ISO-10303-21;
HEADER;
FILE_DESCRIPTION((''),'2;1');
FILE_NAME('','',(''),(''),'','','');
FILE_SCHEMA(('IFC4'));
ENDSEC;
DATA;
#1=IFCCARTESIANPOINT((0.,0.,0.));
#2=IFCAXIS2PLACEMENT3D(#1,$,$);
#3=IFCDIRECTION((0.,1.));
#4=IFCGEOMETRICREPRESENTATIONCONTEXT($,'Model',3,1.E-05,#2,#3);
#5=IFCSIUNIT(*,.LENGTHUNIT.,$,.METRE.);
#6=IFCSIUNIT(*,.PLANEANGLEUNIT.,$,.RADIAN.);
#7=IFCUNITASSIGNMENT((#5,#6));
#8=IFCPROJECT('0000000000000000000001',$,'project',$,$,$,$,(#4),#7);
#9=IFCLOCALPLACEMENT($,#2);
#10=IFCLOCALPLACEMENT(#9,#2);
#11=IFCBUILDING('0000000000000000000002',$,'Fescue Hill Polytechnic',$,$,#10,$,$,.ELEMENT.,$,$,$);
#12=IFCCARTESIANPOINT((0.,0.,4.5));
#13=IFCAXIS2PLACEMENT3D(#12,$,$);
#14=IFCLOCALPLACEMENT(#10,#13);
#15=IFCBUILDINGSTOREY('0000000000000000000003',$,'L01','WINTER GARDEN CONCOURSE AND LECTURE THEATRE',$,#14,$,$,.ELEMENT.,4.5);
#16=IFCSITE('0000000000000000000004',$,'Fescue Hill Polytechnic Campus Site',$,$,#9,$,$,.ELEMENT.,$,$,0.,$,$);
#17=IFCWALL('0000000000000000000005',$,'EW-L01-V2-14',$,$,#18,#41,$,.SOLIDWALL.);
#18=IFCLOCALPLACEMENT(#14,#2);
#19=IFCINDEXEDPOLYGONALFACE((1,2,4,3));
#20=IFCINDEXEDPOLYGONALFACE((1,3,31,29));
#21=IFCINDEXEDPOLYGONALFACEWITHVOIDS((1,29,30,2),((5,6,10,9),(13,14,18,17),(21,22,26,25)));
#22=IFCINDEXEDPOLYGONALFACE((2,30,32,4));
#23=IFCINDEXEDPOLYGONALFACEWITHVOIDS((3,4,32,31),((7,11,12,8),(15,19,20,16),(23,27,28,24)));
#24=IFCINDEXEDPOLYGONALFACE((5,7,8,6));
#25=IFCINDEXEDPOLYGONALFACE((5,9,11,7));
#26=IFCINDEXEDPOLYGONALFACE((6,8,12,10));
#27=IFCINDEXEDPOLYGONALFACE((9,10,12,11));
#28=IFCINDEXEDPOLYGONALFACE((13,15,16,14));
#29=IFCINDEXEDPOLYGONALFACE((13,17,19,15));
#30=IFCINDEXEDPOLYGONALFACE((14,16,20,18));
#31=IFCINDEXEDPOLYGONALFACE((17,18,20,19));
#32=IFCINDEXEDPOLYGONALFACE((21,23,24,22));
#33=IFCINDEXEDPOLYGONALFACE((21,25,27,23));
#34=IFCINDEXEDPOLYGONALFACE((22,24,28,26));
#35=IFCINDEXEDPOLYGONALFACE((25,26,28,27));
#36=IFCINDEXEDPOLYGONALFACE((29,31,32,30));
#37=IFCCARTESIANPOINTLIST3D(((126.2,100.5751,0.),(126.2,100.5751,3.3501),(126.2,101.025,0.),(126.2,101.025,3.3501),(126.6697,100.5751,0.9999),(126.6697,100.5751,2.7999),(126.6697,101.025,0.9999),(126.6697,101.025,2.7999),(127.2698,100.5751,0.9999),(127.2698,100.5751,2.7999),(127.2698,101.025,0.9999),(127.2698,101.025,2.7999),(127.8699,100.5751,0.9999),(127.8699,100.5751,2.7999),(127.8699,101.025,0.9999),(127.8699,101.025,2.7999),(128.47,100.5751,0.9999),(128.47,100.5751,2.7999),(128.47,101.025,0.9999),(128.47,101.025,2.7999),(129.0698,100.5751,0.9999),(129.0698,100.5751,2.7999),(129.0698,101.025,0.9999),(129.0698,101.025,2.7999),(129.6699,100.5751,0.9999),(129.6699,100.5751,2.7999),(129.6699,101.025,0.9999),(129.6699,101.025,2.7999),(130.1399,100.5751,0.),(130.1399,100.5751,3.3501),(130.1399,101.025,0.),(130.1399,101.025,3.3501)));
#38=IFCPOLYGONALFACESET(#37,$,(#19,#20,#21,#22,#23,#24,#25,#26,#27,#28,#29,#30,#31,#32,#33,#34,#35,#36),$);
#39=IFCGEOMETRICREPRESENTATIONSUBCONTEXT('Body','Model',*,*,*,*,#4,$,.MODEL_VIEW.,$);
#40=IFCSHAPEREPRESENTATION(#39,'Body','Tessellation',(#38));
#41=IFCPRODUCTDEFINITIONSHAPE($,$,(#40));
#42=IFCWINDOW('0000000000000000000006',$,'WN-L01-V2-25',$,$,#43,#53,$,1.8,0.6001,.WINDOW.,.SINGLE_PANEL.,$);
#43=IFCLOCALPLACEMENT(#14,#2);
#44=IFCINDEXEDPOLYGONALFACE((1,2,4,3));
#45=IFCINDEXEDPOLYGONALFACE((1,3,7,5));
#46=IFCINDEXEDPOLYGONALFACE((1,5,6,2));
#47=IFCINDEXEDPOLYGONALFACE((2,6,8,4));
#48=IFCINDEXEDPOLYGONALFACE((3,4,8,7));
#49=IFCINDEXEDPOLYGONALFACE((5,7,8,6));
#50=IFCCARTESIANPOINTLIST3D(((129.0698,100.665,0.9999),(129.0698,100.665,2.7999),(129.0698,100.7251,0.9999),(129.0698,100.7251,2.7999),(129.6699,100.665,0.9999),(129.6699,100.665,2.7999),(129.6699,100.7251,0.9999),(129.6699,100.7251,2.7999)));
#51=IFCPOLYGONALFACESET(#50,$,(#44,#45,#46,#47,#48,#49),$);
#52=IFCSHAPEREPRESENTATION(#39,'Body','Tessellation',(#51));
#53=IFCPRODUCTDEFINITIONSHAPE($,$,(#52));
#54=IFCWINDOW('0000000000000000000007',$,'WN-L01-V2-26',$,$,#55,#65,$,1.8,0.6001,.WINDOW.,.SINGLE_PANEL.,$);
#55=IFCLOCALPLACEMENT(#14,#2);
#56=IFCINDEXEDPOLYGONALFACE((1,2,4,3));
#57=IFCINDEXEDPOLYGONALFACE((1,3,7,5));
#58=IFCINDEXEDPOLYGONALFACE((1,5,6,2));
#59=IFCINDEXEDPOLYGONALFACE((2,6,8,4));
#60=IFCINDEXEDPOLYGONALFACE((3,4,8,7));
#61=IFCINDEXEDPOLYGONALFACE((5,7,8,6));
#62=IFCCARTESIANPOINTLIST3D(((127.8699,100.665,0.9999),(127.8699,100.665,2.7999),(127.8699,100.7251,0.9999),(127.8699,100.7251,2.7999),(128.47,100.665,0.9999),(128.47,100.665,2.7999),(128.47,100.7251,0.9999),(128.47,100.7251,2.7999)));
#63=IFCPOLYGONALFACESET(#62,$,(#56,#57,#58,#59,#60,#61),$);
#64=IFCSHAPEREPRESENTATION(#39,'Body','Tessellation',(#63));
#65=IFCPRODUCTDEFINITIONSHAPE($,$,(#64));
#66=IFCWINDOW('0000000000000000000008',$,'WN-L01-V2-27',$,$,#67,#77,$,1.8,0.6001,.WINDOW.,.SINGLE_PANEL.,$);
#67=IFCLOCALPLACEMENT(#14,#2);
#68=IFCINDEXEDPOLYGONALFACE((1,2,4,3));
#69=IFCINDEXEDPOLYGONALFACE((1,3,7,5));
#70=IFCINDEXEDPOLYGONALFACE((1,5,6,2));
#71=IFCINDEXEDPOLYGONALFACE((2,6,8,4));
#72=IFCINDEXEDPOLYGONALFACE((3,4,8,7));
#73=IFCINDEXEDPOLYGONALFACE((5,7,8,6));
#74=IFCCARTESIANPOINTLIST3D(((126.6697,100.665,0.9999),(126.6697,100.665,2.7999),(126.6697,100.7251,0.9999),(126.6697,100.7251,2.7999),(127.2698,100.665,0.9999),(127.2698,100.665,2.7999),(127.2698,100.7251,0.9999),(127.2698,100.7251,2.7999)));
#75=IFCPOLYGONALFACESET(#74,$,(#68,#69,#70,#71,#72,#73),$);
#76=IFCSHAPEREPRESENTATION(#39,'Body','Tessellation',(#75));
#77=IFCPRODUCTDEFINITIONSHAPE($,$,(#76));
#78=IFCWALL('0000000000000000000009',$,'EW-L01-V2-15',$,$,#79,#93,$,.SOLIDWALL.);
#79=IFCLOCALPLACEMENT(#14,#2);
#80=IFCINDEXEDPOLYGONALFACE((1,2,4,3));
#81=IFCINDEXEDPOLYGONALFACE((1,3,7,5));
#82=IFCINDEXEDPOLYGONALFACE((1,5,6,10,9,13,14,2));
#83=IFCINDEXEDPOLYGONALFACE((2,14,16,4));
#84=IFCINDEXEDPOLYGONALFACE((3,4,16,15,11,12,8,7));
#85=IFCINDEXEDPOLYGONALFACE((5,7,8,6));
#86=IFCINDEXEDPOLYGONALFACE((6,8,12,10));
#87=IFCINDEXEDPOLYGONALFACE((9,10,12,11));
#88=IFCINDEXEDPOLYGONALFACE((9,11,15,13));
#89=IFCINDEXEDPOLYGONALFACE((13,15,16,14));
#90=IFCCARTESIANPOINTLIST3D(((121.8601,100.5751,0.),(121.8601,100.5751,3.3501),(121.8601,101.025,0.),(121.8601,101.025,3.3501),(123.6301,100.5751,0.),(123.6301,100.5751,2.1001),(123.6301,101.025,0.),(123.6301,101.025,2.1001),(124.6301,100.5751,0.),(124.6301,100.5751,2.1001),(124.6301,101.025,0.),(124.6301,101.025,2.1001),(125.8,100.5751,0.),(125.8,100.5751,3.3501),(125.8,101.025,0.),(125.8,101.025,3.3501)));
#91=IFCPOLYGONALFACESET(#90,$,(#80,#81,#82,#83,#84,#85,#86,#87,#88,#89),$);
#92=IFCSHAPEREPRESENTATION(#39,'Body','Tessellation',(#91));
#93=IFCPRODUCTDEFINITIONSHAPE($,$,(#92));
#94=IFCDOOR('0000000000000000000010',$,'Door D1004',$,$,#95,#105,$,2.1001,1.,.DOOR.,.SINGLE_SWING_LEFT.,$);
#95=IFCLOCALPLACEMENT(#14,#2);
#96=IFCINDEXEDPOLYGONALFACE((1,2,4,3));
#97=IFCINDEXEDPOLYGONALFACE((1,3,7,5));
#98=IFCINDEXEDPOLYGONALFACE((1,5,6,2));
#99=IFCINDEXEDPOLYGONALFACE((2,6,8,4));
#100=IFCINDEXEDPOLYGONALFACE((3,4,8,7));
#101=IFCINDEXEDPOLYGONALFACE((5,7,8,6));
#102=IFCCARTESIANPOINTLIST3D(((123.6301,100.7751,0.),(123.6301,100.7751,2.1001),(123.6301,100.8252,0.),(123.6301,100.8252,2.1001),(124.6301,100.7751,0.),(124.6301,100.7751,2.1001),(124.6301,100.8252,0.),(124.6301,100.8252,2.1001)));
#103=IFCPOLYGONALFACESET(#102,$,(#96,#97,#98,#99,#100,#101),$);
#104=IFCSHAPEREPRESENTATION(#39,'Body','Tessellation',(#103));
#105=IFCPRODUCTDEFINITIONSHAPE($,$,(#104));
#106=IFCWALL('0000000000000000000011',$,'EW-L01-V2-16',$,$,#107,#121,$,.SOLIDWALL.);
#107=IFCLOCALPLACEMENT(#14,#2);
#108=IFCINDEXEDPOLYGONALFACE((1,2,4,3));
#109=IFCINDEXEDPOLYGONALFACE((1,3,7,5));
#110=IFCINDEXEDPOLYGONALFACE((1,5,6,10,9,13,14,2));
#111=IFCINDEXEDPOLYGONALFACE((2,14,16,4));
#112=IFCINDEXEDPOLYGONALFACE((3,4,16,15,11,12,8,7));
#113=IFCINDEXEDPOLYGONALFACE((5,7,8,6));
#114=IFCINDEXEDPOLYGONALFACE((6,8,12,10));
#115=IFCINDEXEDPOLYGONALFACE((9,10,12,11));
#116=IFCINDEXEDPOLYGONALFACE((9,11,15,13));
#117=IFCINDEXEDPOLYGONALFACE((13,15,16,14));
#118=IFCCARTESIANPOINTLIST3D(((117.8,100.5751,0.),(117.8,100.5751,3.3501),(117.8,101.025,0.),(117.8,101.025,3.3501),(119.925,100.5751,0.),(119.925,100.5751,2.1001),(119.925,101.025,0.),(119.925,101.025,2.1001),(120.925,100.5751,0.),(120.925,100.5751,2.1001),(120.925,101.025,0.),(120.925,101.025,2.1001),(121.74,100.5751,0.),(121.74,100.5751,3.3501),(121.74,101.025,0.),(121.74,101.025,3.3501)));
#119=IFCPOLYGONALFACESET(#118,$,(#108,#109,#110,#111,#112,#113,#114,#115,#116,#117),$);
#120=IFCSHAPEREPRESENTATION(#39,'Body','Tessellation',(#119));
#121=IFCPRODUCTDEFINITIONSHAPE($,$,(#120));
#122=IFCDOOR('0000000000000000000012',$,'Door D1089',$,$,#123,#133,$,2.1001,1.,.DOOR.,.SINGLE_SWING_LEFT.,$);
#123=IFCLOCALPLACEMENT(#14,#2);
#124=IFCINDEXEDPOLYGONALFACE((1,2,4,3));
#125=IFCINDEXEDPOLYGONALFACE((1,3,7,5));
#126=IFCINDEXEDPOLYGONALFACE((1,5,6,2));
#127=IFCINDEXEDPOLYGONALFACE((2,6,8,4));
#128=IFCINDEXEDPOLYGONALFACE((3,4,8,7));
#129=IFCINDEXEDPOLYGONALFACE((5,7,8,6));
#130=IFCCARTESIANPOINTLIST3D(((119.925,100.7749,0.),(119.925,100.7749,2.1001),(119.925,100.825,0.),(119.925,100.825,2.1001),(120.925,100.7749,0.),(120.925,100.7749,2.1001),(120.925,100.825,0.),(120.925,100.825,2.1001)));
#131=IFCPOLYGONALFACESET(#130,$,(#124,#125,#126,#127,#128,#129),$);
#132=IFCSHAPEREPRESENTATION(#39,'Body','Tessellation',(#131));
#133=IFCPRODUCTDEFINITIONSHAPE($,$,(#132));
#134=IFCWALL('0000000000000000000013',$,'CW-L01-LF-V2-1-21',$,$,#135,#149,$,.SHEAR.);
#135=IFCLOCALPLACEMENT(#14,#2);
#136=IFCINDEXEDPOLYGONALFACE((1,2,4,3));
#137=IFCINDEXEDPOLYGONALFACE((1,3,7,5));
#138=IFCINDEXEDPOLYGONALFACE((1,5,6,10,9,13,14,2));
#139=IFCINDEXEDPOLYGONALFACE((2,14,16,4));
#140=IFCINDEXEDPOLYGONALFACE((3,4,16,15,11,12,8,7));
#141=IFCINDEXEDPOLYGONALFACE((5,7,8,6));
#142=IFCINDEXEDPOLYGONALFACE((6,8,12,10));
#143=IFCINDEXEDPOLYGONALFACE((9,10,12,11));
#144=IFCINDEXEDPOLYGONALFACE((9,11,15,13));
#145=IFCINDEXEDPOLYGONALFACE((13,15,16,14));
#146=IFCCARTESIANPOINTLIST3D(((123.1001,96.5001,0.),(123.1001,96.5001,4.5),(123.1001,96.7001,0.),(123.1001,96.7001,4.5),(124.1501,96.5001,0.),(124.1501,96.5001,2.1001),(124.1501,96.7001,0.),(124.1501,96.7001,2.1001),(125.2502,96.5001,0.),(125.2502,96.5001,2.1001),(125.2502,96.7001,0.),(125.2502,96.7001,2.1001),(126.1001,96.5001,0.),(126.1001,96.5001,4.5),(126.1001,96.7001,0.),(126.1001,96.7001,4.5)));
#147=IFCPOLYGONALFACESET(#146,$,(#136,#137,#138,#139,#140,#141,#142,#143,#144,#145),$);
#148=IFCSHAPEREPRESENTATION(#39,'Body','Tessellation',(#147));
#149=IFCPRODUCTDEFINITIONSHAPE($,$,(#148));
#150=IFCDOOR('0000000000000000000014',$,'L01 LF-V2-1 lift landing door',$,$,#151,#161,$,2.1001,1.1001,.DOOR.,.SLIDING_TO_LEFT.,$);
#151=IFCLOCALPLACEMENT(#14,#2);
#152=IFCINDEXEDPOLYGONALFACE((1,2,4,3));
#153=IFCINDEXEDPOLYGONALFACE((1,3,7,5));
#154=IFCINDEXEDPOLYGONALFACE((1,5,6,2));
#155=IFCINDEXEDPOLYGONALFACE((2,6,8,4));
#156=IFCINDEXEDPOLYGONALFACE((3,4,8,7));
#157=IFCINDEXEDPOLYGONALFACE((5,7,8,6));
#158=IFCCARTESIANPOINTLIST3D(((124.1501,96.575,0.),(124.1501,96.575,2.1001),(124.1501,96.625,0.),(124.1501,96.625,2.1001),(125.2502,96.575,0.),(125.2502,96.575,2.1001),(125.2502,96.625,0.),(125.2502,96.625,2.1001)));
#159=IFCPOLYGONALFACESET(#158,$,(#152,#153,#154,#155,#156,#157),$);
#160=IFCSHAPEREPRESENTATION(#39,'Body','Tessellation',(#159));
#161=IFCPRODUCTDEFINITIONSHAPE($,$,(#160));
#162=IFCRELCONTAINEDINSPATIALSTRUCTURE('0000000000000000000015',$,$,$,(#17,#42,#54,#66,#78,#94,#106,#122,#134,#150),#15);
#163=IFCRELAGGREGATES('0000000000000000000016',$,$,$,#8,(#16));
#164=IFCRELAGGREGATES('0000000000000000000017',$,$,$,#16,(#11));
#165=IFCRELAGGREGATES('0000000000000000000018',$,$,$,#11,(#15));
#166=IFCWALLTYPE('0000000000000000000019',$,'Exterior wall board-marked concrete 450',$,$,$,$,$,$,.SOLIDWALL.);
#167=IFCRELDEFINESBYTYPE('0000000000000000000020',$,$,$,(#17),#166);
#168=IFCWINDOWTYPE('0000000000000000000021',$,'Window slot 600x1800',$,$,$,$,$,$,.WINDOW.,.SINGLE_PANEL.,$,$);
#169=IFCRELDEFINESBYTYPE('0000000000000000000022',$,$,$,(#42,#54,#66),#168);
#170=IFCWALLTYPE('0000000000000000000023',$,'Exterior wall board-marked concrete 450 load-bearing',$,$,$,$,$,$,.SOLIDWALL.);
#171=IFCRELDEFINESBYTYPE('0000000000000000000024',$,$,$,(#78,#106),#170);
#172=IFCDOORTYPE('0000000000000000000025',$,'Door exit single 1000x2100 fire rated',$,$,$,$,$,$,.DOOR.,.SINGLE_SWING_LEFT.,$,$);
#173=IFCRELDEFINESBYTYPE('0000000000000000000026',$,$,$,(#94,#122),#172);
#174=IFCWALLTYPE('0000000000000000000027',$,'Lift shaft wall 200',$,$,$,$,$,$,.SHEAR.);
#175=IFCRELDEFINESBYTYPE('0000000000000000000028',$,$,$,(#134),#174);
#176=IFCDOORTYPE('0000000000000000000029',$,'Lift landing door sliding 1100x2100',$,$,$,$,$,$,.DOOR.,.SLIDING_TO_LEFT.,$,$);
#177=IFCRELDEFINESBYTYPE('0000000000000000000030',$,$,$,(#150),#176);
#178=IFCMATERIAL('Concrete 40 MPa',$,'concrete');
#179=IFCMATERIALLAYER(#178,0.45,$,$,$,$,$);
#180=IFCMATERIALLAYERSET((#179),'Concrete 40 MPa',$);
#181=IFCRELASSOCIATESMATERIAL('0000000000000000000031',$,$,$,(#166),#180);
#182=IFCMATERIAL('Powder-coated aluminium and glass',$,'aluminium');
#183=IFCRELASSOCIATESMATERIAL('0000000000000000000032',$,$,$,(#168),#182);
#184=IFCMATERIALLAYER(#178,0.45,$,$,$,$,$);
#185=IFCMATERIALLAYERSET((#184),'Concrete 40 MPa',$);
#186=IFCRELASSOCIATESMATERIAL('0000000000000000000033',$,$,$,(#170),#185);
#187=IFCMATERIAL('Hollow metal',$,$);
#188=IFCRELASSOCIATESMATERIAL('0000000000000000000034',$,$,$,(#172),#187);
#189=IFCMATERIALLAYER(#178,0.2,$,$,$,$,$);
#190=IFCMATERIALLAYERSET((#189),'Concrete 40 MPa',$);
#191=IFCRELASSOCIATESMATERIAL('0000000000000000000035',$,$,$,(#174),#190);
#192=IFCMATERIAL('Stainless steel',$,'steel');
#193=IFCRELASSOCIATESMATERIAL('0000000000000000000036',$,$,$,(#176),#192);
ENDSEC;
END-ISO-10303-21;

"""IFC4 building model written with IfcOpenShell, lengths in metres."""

from ifc_helpers import new_model, si_unit, direction, frame, frame_2d, origin, place, context, subcontext, project, spatial, rectangle, extrude, material, layer, layer_set, type_object, element, fill, save


model = new_model("IFC4")

# Units and contexts
model_context = context("Model", 3, precision=1e-05, world=origin(), true_north=direction((0.0, 1.0)))
body_context = subcontext(model_context, "Body", "Model", "MODEL_VIEW")
ifc_project = project(units=[si_unit("LENGTHUNIT", "METRE"), si_unit("PLANEANGLEUNIT", "RADIAN")], contexts=[model_context])

# Site, building, storey
site_placement = place(None, origin())
site = spatial("IfcSite", under=ifc_project, at=site_placement, Name="Fescue Hill Polytechnic Campus Site", CompositionType="ELEMENT", RefElevation=0.0)
building_placement = place(site_placement, origin())
building = spatial("IfcBuilding", under=site, at=building_placement, Name="Fescue Hill Polytechnic", CompositionType="ELEMENT")
storey_placement = place(building_placement, frame((0.0, 0.0, 4.5)))
storey = spatial("IfcBuildingStorey", under=building, at=storey_placement, Name="L01", Description="WINTER GARDEN CONCOURSE AND LECTURE THEATRE", CompositionType="ELEMENT", Elevation=4.5)

# Shared definitions
ifc_material_1 = material(Name="Concrete 40 MPa", Category="concrete")

# Wall, openings, windows
ifc_layer_1 = layer(ifc_material_1, 0.45)
ifc_layer_set_1 = layer_set([ifc_layer_1], Name="Concrete 40 MPa")
wall_type_1 = type_object("IfcWallType", Name="Exterior wall board-marked concrete 450", PredefinedType="SOLIDWALL", material=ifc_layer_set_1)
ifc_material_2 = material(Name="Powder-coated aluminium and glass", Category="aluminium")
window_type = type_object("IfcWindowType", Name="Window slot 600x1800", PartitioningType="SINGLE_PANEL", PredefinedType="WINDOW", material=ifc_material_2)
wall_1_placement = place(storey_placement, frame((130.1399, 100.8, 0.0), z_axis=(0.0, 0.0, 1.0), x_axis=(-1.0, 0.0, 0.0)))
wall_1 = element("IfcWall", 1, at=wall_1_placement, inside=storey, type_object=wall_type_1, Name="EW-L01-V2-14", PredefinedType="SOLIDWALL", context=body_context, shape_type="SweptSolid", body=[
    extrude(rectangle(XDim=3.9399, YDim=0.45, at=frame_2d((1.97, 0.0))), origin(), (0.0, 0.0, 1.0), 3.3501),
])
opening_1_placement = place(wall_1_placement, frame((0.47, 0.0, 1.0)))
opening_1 = element("IfcOpeningElement", 2, at=opening_1_placement, cuts=wall_1, PredefinedType="OPENING", context=body_context, shape_type="SweptSolid", body=[
    extrude(rectangle(XDim=0.6001, YDim=1.8, at=frame_2d((0.3, 0.8999))), frame((0.0, 0.2349, 0.0), z_axis=(0.0, -1.0, 0.0), x_axis=(1.0, 0.0, 0.0)), (0.0, 0.0, 1.0), 0.47),
])
opening_2_placement = place(wall_1_placement, frame((1.6699, 0.0, 1.0)))
opening_2 = element("IfcOpeningElement", 3, at=opening_2_placement, cuts=wall_1, PredefinedType="OPENING", context=body_context, shape_type="SweptSolid", body=[
    extrude(rectangle(XDim=0.6001, YDim=1.8, at=frame_2d((0.3, 0.8999))), frame((0.0, 0.2349, 0.0), z_axis=(0.0, -1.0, 0.0), x_axis=(1.0, 0.0, 0.0)), (0.0, 0.0, 1.0), 0.47),
])
opening_3_placement = place(wall_1_placement, frame((2.8701, 0.0, 1.0)))
opening_3 = element("IfcOpeningElement", 4, at=opening_3_placement, cuts=wall_1, PredefinedType="OPENING", context=body_context, shape_type="SweptSolid", body=[
    extrude(rectangle(XDim=0.6001, YDim=1.8, at=frame_2d((0.3, 0.8999))), frame((0.0, 0.2349, 0.0), z_axis=(0.0, -1.0, 0.0), x_axis=(1.0, 0.0, 0.0)), (0.0, 0.0, 1.0), 0.47),
])
window_1_placement = place(opening_1_placement, origin())
window_1 = element("IfcWindow", 5, at=window_1_placement, inside=storey, type_object=window_type, Name="WN-L01-V2-25", OverallHeight=1.8, OverallWidth=0.6001, PartitioningType="SINGLE_PANEL", PredefinedType="WINDOW", context=body_context, shape_type="SweptSolid", body=[
    extrude(rectangle(XDim=0.6001, YDim=1.8, at=frame_2d((0.3, 0.8999))), frame((0.0, 0.135, 0.0), z_axis=(0.0, -1.0, 0.0), x_axis=(1.0, 0.0, 0.0)), (0.0, 0.0, 1.0), 0.0601),
])
fill(opening_1, window_1)
window_2_placement = place(opening_2_placement, origin())
window_2 = element("IfcWindow", 6, at=window_2_placement, inside=storey, type_object=window_type, Name="WN-L01-V2-26", OverallHeight=1.8, OverallWidth=0.6001, PartitioningType="SINGLE_PANEL", PredefinedType="WINDOW", context=body_context, shape_type="SweptSolid", body=[
    extrude(rectangle(XDim=0.6001, YDim=1.8, at=frame_2d((0.3, 0.8999))), frame((0.0, 0.135, 0.0), z_axis=(0.0, -1.0, 0.0), x_axis=(1.0, 0.0, 0.0)), (0.0, 0.0, 1.0), 0.0601),
])
fill(opening_2, window_2)
window_3_placement = place(opening_3_placement, origin())
window_3 = element("IfcWindow", 7, at=window_3_placement, inside=storey, type_object=window_type, Name="WN-L01-V2-27", OverallHeight=1.8, OverallWidth=0.6001, PartitioningType="SINGLE_PANEL", PredefinedType="WINDOW", context=body_context, shape_type="SweptSolid", body=[
    extrude(rectangle(XDim=0.6001, YDim=1.8, at=frame_2d((0.3, 0.8999))), frame((0.0, 0.135, 0.0), z_axis=(0.0, -1.0, 0.0), x_axis=(1.0, 0.0, 0.0)), (0.0, 0.0, 1.0), 0.0601),
])
fill(opening_3, window_3)

# Walls, openings, doors
ifc_layer_2 = layer(ifc_material_1, 0.45)
ifc_layer_set_2 = layer_set([ifc_layer_2], Name="Concrete 40 MPa")
wall_type_2 = type_object("IfcWallType", Name="Exterior wall board-marked concrete 450 load-bearing", PredefinedType="SOLIDWALL", material=ifc_layer_set_2)
wall_2_placement = place(storey_placement, frame((125.8, 100.8, 0.0), z_axis=(0.0, 0.0, 1.0), x_axis=(-1.0, 0.0, 0.0)))
wall_2 = element("IfcWall", 8, at=wall_2_placement, inside=storey, type_object=wall_type_2, Name="EW-L01-V2-15", PredefinedType="SOLIDWALL", context=body_context, shape_type="SweptSolid", body=[
    extrude(rectangle(XDim=3.9399, YDim=0.45, at=frame_2d((1.97, 0.0))), origin(), (0.0, 0.0, 1.0), 3.3501),
])
opening_4_placement = place(wall_2_placement, frame((1.1699, 0.0, 0.0)))
opening_4 = element("IfcOpeningElement", 9, at=opening_4_placement, cuts=wall_2, PredefinedType="OPENING", context=body_context, shape_type="SweptSolid", body=[
    extrude(rectangle(XDim=1.0, YDim=2.1001, at=frame_2d((0.5, 1.05))), frame((0.0, 0.2349, 0.0), z_axis=(0.0, -1.0, 0.0), x_axis=(1.0, 0.0, 0.0)), (0.0, 0.0, 1.0), 0.47),
])
ifc_material_3 = material(Name="Hollow metal")
door_type_1 = type_object("IfcDoorType", Name="Door exit single 1000x2100 fire rated", OperationType="SINGLE_SWING_LEFT", PredefinedType="DOOR", material=ifc_material_3)
door_1_placement = place(opening_4_placement, origin())
door_1 = element("IfcDoor", 10, at=door_1_placement, inside=storey, type_object=door_type_1, Name="Door D1004", OperationType="SINGLE_SWING_LEFT", OverallHeight=2.1001, OverallWidth=1.0, PredefinedType="DOOR", context=body_context, shape_type="SweptSolid", body=[
    extrude(rectangle(XDim=1.0, YDim=2.1001, at=frame_2d((0.5, 1.05))), frame((0.0, 0.0249, 0.0), z_axis=(0.0, -1.0, 0.0), x_axis=(1.0, 0.0, 0.0)), (0.0, 0.0, 1.0), 0.05),
])
fill(opening_4, door_1)
wall_3_placement = place(storey_placement, frame((121.74, 100.8, 0.0), z_axis=(0.0, 0.0, 1.0), x_axis=(-1.0, 0.0, 0.0)))
wall_3 = element("IfcWall", 11, at=wall_3_placement, inside=storey, type_object=wall_type_2, Name="EW-L01-V2-16", PredefinedType="SOLIDWALL", context=body_context, shape_type="SweptSolid", body=[
    extrude(rectangle(XDim=3.9399, YDim=0.45, at=frame_2d((1.97, 0.0))), origin(), (0.0, 0.0, 1.0), 3.3501),
])
opening_5_placement = place(wall_3_placement, frame((1.8149, 0.0, 0.0), z_axis=(0.0, 0.0, 1.0), x_axis=(-1.0, 0.0, 0.0)))
opening_5 = element("IfcOpeningElement", 12, at=opening_5_placement, cuts=wall_3, PredefinedType="OPENING", context=body_context, shape_type="SweptSolid", body=[
    extrude(rectangle(XDim=1.0, YDim=2.1001, at=frame_2d((0.5, 1.05))), frame((0.0, 0.2349, 0.0), z_axis=(0.0, -1.0, 0.0), x_axis=(1.0, 0.0, 0.0)), (0.0, 0.0, 1.0), 0.47),
])
door_2_placement = place(opening_5_placement, origin())
door_2 = element("IfcDoor", 13, at=door_2_placement, inside=storey, type_object=door_type_1, Name="Door D1089", OperationType="SINGLE_SWING_LEFT", OverallHeight=2.1001, OverallWidth=1.0, PredefinedType="DOOR", context=body_context, shape_type="SweptSolid", body=[
    extrude(rectangle(XDim=1.0, YDim=2.1001, at=frame_2d((0.5, 1.05))), frame((0.0, 0.0249, 0.0), z_axis=(0.0, -1.0, 0.0), x_axis=(1.0, 0.0, 0.0)), (0.0, 0.0, 1.0), 0.05),
])
fill(opening_5, door_2)
ifc_layer_3 = layer(ifc_material_1, 0.2)
ifc_layer_set_3 = layer_set([ifc_layer_3], Name="Concrete 40 MPa")
wall_type_3 = type_object("IfcWallType", Name="Lift shaft wall 200", PredefinedType="SHEAR", material=ifc_layer_set_3)
wall_4_placement = place(storey_placement, frame((123.1001, 96.6001, 0.0), z_axis=(0.0, 0.0, 1.0), x_axis=(1.0, 0.0, 0.0)))
wall_4 = element("IfcWall", 14, at=wall_4_placement, inside=storey, type_object=wall_type_3, Name="CW-L01-LF-V2-1-21", PredefinedType="SHEAR", context=body_context, shape_type="SweptSolid", body=[
    extrude(rectangle(XDim=3.0, YDim=0.2, at=frame_2d((1.5, 0.0))), origin(), (0.0, 0.0, 1.0), 4.5),
])
opening_6_placement = place(wall_4_placement, frame((1.05, 0.0, 0.0)))
opening_6 = element("IfcOpeningElement", 15, at=opening_6_placement, cuts=wall_4, PredefinedType="OPENING", context=body_context, shape_type="SweptSolid", body=[
    extrude(rectangle(XDim=1.1001, YDim=2.1001, at=frame_2d((0.55, 1.05))), frame((0.0, 0.1099, 0.0), z_axis=(0.0, -1.0, 0.0), x_axis=(1.0, 0.0, 0.0)), (0.0, 0.0, 1.0), 0.22),
])
ifc_material_4 = material(Name="Stainless steel", Category="steel")
door_type_2 = type_object("IfcDoorType", Name="Lift landing door sliding 1100x2100", OperationType="SLIDING_TO_LEFT", PredefinedType="DOOR", material=ifc_material_4)
door_3_placement = place(opening_6_placement, origin())
door_3 = element("IfcDoor", 16, at=door_3_placement, inside=storey, type_object=door_type_2, Name="L01 LF-V2-1 lift landing door", OperationType="SLIDING_TO_LEFT", OverallHeight=2.1001, OverallWidth=1.1001, PredefinedType="DOOR", context=body_context, shape_type="SweptSolid", body=[
    extrude(rectangle(XDim=1.1001, YDim=2.1001, at=frame_2d((0.55, 1.05))), frame((0.0, 0.0249, 0.0), z_axis=(0.0, -1.0, 0.0), x_axis=(1.0, 0.0, 0.0)), (0.0, 0.0, 1.0), 0.05),
])
fill(opening_6, door_3)

save(model, "model.ifc")
